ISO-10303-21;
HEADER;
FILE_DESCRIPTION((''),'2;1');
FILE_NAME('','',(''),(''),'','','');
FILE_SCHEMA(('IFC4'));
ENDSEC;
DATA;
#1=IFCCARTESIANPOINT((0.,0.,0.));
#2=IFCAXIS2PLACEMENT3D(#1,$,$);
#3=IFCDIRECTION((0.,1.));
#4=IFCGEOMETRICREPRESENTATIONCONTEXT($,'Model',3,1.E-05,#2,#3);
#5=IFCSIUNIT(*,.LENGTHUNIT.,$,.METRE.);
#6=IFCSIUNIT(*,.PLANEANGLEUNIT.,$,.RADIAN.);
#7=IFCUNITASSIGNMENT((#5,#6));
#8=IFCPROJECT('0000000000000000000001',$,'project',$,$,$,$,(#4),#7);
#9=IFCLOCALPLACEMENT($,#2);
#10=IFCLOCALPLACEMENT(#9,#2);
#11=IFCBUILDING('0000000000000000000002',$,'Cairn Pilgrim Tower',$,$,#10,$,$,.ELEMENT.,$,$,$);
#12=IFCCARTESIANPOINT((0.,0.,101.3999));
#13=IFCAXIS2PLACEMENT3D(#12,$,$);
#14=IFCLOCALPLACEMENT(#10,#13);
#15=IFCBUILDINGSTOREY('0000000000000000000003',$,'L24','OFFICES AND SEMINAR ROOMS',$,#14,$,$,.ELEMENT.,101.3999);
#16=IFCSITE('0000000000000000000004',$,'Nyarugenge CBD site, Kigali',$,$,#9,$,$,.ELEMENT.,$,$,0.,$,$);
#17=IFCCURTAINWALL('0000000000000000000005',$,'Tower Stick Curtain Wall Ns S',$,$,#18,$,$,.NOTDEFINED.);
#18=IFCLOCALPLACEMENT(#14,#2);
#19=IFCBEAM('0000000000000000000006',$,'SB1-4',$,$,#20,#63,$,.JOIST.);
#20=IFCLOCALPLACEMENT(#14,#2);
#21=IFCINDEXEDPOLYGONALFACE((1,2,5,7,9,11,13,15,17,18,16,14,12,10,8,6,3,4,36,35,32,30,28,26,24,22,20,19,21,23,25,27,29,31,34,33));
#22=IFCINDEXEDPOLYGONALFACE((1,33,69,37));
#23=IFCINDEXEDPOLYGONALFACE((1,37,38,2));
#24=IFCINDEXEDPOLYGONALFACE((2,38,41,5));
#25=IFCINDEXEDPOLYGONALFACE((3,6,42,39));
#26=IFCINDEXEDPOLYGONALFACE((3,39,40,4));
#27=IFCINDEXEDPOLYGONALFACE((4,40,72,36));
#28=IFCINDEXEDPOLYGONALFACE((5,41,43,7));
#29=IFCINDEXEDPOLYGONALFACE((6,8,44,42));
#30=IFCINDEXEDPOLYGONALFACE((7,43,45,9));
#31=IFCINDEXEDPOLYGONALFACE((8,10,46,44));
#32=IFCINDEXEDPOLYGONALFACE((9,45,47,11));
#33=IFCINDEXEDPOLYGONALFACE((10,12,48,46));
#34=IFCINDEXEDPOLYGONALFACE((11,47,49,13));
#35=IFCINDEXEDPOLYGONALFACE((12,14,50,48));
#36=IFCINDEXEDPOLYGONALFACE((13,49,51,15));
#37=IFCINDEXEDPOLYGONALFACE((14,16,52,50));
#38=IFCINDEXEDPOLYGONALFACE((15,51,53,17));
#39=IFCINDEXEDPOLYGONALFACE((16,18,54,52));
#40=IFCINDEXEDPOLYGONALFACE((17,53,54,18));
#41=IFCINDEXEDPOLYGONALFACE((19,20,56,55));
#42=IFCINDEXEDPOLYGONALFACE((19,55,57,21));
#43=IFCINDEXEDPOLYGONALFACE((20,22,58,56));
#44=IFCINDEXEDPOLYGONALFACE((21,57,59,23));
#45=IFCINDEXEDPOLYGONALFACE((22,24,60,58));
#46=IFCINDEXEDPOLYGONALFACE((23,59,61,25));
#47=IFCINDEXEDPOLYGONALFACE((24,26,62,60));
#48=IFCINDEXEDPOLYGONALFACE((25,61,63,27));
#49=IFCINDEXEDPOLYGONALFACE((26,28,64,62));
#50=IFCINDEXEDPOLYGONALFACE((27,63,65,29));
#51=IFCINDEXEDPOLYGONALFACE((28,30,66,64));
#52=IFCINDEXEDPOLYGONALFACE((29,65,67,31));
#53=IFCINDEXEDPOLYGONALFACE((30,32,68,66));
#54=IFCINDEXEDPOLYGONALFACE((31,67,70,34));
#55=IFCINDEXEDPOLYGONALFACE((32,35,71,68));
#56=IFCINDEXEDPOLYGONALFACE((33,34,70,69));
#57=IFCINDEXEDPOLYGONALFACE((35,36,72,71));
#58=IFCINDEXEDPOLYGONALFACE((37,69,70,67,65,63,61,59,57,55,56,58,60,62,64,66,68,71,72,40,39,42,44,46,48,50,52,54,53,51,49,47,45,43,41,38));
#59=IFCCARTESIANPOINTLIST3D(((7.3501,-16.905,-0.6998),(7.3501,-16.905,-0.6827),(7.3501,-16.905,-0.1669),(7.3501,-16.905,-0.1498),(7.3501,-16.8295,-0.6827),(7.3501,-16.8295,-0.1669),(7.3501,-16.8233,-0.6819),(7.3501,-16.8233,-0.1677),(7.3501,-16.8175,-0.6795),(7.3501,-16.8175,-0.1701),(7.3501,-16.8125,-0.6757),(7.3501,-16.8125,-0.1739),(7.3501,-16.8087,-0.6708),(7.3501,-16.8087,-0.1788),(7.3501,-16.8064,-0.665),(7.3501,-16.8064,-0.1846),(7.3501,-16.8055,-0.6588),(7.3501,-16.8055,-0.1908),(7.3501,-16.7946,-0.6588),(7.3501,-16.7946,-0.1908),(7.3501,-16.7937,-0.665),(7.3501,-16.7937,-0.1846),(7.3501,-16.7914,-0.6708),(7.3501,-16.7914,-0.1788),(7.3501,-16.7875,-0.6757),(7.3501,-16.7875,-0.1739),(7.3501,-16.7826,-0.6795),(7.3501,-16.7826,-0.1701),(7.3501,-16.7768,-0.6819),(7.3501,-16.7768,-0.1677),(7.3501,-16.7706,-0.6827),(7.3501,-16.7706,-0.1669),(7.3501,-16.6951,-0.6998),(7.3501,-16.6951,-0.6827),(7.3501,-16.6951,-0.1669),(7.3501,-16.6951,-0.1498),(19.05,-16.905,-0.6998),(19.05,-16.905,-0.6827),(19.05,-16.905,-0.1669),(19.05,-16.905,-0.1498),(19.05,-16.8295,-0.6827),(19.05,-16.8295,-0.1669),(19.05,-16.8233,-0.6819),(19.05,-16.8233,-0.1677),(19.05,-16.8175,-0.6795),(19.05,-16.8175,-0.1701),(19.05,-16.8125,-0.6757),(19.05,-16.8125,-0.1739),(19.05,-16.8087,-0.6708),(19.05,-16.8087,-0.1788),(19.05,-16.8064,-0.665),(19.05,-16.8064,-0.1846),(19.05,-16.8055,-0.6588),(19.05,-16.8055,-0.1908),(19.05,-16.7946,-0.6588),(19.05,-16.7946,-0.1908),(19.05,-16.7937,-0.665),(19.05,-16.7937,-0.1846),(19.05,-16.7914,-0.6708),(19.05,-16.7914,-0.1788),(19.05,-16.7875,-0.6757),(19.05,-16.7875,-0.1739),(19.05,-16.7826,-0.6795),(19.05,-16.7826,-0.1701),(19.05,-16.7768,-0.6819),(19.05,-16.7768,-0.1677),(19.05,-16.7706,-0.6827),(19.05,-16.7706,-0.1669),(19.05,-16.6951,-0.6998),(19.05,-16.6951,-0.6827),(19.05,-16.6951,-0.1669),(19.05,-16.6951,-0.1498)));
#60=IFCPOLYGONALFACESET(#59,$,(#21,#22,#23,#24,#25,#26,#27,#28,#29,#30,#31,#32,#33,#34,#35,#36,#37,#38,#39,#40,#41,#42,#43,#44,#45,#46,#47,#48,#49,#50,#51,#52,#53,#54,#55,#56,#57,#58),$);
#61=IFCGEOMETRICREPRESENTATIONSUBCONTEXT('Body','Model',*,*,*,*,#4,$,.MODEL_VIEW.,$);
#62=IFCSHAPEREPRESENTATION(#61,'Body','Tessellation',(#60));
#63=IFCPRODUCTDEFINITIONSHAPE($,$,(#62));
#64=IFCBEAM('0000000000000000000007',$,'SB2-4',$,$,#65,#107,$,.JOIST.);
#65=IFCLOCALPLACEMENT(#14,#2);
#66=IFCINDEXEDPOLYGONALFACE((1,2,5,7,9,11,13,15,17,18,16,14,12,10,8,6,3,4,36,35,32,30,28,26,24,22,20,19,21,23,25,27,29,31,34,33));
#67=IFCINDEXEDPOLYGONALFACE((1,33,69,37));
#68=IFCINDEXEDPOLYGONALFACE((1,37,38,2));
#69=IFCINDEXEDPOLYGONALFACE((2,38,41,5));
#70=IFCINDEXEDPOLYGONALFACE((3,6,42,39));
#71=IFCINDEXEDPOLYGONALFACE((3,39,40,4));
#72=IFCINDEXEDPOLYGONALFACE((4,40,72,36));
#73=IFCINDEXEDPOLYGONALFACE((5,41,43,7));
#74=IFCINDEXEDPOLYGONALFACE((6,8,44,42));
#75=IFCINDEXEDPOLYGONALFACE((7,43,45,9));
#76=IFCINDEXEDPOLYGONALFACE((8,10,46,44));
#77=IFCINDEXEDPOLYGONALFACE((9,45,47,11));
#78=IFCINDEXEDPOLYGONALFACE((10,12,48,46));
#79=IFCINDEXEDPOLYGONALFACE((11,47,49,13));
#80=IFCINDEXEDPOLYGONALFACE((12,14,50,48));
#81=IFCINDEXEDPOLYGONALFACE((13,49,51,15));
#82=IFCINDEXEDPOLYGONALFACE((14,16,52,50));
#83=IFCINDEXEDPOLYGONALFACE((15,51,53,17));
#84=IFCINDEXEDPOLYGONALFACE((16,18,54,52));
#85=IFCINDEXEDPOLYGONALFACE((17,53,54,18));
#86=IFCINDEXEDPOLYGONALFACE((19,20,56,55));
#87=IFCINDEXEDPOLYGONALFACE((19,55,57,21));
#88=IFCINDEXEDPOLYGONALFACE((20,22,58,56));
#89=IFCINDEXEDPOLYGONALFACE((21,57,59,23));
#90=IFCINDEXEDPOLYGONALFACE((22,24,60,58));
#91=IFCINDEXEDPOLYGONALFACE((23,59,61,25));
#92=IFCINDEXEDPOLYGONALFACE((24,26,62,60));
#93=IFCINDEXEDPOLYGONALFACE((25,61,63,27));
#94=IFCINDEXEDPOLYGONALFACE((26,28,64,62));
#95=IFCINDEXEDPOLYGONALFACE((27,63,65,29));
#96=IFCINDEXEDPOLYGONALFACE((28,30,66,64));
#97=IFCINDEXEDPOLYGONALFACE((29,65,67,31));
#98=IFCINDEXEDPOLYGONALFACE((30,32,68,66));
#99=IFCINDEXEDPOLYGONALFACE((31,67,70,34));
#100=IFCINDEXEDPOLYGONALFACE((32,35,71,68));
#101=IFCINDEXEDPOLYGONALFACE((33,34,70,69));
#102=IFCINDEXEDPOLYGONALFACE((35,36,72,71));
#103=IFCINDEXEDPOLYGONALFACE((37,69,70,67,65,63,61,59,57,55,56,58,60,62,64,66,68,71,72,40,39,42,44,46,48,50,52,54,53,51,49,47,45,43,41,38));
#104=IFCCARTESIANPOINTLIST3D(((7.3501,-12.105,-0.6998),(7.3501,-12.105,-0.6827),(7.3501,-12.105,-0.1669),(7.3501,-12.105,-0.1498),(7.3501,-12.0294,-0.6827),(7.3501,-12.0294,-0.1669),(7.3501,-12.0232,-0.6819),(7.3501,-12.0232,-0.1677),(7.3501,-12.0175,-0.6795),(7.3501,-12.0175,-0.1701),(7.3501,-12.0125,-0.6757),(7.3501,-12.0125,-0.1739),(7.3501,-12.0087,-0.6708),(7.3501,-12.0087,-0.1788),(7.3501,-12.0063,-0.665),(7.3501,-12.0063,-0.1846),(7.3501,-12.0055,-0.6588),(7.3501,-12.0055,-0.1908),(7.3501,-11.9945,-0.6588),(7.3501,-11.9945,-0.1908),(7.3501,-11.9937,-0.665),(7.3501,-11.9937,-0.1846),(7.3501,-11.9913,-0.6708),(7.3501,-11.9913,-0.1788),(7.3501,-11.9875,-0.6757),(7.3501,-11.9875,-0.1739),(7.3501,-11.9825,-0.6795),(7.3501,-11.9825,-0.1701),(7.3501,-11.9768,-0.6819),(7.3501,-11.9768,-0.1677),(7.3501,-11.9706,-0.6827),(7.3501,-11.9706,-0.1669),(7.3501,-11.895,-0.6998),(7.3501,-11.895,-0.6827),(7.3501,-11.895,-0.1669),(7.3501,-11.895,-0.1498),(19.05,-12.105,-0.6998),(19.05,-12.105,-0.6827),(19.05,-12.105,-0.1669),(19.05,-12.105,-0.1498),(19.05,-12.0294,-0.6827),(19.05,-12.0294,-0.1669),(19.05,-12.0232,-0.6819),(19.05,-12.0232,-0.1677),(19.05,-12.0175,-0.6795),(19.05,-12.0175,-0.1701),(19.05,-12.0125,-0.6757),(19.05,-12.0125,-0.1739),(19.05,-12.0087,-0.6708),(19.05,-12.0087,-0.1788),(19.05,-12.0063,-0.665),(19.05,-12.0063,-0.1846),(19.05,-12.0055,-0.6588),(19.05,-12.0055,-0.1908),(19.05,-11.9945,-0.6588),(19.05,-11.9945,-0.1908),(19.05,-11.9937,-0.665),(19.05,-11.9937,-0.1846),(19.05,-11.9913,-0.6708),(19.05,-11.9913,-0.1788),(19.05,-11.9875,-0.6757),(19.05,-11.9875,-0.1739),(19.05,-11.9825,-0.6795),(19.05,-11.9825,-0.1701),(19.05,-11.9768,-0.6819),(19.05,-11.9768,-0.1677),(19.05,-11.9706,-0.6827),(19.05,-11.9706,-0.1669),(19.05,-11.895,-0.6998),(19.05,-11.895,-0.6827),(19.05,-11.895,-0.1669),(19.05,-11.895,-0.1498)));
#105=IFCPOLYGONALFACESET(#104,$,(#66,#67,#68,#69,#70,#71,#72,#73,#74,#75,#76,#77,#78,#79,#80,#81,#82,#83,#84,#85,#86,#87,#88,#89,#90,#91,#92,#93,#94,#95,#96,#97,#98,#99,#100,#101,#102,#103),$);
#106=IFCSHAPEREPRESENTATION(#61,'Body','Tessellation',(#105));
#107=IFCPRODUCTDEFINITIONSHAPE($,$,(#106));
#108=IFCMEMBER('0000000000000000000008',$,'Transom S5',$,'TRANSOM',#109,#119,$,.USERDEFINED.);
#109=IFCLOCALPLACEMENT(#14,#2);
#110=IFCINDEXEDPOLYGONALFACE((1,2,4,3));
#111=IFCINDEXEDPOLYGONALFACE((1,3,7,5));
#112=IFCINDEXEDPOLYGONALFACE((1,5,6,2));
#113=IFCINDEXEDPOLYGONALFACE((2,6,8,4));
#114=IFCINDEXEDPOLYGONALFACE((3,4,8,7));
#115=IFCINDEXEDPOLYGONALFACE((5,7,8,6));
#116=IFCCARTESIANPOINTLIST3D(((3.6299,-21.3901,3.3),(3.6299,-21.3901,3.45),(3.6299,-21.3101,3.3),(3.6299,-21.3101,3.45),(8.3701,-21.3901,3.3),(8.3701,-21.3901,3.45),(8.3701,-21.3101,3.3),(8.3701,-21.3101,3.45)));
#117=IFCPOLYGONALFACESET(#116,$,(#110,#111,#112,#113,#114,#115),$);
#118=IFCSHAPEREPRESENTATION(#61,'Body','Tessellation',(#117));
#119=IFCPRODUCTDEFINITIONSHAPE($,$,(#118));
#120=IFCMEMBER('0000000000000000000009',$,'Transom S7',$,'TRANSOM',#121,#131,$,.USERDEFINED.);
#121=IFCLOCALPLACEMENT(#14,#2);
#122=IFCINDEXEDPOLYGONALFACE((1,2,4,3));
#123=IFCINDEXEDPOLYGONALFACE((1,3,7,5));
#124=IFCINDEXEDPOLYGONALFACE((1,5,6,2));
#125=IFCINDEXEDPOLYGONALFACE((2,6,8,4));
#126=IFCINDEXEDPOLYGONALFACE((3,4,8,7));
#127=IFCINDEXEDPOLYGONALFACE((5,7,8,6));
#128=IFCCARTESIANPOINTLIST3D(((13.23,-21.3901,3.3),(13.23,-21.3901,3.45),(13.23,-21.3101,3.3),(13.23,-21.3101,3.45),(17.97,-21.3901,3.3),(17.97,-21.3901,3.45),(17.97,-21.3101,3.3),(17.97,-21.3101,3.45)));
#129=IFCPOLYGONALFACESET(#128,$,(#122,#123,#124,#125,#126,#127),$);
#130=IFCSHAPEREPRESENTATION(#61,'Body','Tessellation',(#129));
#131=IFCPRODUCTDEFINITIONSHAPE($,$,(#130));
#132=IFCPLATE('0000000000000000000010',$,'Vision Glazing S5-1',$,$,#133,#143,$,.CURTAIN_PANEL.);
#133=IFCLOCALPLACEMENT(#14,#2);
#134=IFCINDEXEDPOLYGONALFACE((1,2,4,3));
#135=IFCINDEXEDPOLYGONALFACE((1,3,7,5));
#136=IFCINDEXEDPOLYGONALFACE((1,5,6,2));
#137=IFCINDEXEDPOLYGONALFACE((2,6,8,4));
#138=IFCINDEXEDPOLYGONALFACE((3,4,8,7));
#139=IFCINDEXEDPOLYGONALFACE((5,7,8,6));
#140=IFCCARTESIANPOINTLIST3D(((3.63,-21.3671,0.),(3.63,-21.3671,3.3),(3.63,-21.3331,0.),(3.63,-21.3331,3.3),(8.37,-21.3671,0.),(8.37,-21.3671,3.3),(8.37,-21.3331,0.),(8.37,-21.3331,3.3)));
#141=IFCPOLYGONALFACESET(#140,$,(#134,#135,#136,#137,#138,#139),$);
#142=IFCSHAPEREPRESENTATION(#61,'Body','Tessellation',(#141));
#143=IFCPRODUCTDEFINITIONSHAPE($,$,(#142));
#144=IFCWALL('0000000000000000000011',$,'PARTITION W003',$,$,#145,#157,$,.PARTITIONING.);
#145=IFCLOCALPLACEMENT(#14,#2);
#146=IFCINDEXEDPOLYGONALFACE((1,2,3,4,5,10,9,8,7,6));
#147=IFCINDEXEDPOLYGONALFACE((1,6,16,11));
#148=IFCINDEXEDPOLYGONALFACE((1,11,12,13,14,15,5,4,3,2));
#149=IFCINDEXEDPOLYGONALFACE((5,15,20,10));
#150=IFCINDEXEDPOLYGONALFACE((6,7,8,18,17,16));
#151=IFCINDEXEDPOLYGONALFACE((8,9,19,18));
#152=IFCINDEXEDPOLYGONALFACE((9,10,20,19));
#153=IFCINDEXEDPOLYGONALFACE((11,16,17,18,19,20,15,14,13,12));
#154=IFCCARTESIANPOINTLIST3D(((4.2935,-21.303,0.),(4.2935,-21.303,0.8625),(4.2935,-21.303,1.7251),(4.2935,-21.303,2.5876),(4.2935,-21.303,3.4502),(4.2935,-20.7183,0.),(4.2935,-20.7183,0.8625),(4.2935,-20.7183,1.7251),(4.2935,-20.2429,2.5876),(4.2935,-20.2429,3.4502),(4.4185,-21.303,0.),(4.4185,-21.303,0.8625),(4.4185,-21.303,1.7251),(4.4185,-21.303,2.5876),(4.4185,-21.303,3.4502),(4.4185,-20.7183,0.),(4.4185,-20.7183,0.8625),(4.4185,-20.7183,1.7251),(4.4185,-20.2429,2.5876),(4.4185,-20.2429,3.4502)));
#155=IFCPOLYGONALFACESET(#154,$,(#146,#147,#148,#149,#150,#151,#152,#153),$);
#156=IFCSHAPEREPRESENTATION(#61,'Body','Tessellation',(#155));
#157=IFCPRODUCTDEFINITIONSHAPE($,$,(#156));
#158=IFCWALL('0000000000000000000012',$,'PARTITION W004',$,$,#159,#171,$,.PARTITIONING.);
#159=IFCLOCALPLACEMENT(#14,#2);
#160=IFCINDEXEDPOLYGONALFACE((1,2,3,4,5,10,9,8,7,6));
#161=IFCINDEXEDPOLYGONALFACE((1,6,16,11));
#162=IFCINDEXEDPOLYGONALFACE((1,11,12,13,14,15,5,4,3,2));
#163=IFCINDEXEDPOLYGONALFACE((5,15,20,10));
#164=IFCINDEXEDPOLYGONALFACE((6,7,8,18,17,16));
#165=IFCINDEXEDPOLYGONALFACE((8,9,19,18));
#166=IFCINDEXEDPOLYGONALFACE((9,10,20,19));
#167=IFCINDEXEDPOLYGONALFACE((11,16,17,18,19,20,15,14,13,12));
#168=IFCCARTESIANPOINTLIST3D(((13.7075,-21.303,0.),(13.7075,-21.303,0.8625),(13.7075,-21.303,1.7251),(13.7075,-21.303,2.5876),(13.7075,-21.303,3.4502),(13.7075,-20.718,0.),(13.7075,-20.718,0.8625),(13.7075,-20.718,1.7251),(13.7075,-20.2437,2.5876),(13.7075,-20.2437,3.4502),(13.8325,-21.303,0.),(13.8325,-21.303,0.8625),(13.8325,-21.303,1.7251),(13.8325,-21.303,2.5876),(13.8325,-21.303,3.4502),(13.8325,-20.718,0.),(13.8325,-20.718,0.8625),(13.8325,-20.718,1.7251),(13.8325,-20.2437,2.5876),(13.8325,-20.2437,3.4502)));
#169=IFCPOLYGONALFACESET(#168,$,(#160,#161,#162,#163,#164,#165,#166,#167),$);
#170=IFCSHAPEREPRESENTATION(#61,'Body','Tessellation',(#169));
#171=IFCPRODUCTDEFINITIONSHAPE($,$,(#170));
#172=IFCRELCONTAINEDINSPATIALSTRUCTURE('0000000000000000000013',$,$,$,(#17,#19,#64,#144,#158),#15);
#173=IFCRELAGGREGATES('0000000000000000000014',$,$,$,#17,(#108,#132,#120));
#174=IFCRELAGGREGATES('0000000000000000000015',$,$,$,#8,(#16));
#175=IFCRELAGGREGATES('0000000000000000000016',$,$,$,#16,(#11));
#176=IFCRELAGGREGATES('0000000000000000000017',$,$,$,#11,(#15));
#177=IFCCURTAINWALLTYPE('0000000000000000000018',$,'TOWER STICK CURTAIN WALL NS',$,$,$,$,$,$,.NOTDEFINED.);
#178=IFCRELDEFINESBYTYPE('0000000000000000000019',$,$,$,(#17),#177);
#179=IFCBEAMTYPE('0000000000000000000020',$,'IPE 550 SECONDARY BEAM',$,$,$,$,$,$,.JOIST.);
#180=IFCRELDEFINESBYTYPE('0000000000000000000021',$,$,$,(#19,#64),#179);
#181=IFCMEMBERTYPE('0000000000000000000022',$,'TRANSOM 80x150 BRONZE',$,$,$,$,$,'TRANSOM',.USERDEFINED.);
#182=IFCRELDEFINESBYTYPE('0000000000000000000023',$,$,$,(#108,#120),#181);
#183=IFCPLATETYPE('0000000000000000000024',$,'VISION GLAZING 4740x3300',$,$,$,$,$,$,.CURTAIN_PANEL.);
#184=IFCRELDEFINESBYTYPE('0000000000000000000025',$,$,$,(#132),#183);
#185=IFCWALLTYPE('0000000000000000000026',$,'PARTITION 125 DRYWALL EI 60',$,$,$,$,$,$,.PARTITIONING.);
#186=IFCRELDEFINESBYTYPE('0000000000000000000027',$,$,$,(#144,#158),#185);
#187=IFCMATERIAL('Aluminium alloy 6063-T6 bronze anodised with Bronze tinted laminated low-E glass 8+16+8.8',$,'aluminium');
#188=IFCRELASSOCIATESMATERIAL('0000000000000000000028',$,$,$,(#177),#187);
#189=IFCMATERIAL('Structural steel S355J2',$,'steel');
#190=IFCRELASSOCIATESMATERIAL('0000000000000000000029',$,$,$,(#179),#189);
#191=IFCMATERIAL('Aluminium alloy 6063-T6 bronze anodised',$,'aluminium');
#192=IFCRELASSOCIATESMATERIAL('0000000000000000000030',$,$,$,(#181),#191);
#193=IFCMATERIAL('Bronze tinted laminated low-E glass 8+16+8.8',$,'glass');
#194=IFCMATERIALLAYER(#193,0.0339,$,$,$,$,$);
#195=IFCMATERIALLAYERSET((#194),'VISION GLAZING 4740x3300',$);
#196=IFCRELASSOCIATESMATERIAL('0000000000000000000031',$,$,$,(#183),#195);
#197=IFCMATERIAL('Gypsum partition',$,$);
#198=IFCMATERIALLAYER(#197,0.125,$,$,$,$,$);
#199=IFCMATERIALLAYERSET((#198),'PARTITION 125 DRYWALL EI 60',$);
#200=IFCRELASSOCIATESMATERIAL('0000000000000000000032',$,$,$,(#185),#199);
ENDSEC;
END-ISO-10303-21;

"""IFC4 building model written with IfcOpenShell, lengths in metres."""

from ifc_helpers import new_model, si_unit, direction, frame, origin, origin_2d, place, context, subcontext, project, spatial, polyline, rectangle, i_section, outline, extrude, material, layer, layer_set, material_profile, profile_set, type_object, element, aggregate, save


model = new_model("IFC4")

# Units and contexts
model_context = context("Model", 3, precision=1e-05, world=origin(), true_north=direction((0.0, 1.0)))
body_context = subcontext(model_context, "Body", "Model", "MODEL_VIEW")
ifc_project = project(units=[si_unit("LENGTHUNIT", "METRE"), si_unit("PLANEANGLEUNIT", "RADIAN")], contexts=[model_context])

# Site, building, storey
site_placement = place(None, origin())
site = spatial("IfcSite", under=ifc_project, at=site_placement, Name="Nyarugenge CBD site, Kigali", CompositionType="ELEMENT", RefElevation=0.0)
building_placement = place(site_placement, origin())
building = spatial("IfcBuilding", under=site, at=building_placement, Name="Cairn Pilgrim Tower", CompositionType="ELEMENT")
storey_placement = place(building_placement, frame((0.0, 0.0, 101.3999)))
storey = spatial("IfcBuildingStorey", under=building, at=storey_placement, Name="L24", Description="OFFICES AND SEMINAR ROOMS", CompositionType="ELEMENT", Elevation=101.3999)

# Curtain wall
ifc_material_1 = material(Name="Aluminium alloy 6063-T6 bronze anodised with Bronze tinted laminated low-E glass 8+16+8.8", Category="aluminium")
curtain_wall_type = type_object("IfcCurtainWallType", Name="TOWER STICK CURTAIN WALL NS", PredefinedType="NOTDEFINED", material=ifc_material_1)
curtain_wall_placement = place(storey_placement, origin())
curtain_wall = element("IfcCurtainWall", 1, at=curtain_wall_placement, inside=storey, type_object=curtain_wall_type, Name="Tower Stick Curtain Wall Ns S", PredefinedType="NOTDEFINED")
ifc_material_2 = material(Name="Aluminium alloy 6063-T6 bronze anodised", Category="aluminium")

# Beams
ifc_material_3 = material(Name="Structural steel S355J2", Category="steel")
ifc_material_profile_1 = material_profile(ifc_material_3, i_section(OverallWidth=0.21, OverallDepth=0.55, WebThickness=0.011, FlangeThickness=0.0171, FilletRadius=0.0239, at=origin_2d()), Name="IPE 550")
ifc_profile_set_1 = profile_set([ifc_material_profile_1], Name="Structural steel S355J2")
beam_type_1 = type_object("IfcBeamType", Name="IPE 550 SECONDARY BEAM", PredefinedType="JOIST", material=ifc_profile_set_1)
for number, where, z_axis, x_axis, name in (
    (2, (7.3501, -16.8, -0.4248), (1.0, 0.0, 0.0), (0.0, 1.0, 0.0), "SB1-4"),
    (3, (7.3501, -12.0, -0.4248), (1.0, 0.0, 0.0), (0.0, 1.0, 0.0), "SB2-4"),
):
    element("IfcBeam", number, at=place(storey_placement, frame(where, z_axis=z_axis, x_axis=x_axis)), inside=storey, type_object=beam_type_1, Name=name, PredefinedType="JOIST", context=body_context, shape_type="SweptSolid", body=[
        extrude(i_section(OverallWidth=0.21, OverallDepth=0.55, WebThickness=0.011, FlangeThickness=0.0171, FilletRadius=0.0239, at=origin_2d()), origin(), (0.0, 0.0, 1.0), 11.7),
    ])

# Members
ifc_material_profile_2 = material_profile(ifc_material_2, rectangle(XDim=0.0801, YDim=0.1499, at=origin_2d()), Name="TRANSOM 80x150 BRONZE")
ifc_profile_set_2 = profile_set([ifc_material_profile_2], Name="Aluminium alloy 6063-T6 bronze anodised")
member_type_1 = type_object("IfcMemberType", Name="TRANSOM 80x150 BRONZE", ElementType="TRANSOM", PredefinedType="USERDEFINED", material=ifc_profile_set_2)
member_1_placement = place(storey_placement, frame((3.6299, -21.3501, 3.375), z_axis=(1.0, 0.0, 0.0), x_axis=(0.0, 1.0, 0.0)))
member_1 = element("IfcMember", 4, at=member_1_placement, type_object=member_type_1, Name="Transom S5", ObjectType="TRANSOM", PredefinedType="USERDEFINED", context=body_context, shape_type="SweptSolid", body=[
    extrude(rectangle(XDim=0.0801, YDim=0.1499, at=origin_2d()), origin(), (0.0, 0.0, 1.0), 4.7402),
])
member_2_placement = place(storey_placement, frame((13.23, -21.3501, 3.375), z_axis=(1.0, 0.0, 0.0), x_axis=(0.0, 1.0, 0.0)))
member_2 = element("IfcMember", 5, at=member_2_placement, type_object=member_type_1, Name="Transom S7", ObjectType="TRANSOM", PredefinedType="USERDEFINED", context=body_context, shape_type="SweptSolid", body=[
    extrude(rectangle(XDim=0.0801, YDim=0.1499, at=origin_2d()), origin(), (0.0, 0.0, 1.0), 4.74),
])

# Plate
ifc_material_4 = material(Name="Bronze tinted laminated low-E glass 8+16+8.8", Category="glass")
ifc_layer_1 = layer(ifc_material_4, 0.0339)
ifc_layer_set_1 = layer_set([ifc_layer_1], Name="VISION GLAZING 4740x3300")
plate_type = type_object("IfcPlateType", Name="VISION GLAZING 4740x3300", PredefinedType="CURTAIN_PANEL", material=ifc_layer_set_1)
plate_placement = place(storey_placement, frame((6.0, -21.3501, 0.0), z_axis=(0.0, 0.0, 1.0), x_axis=(1.0, 0.0, 0.0)))
plate = element("IfcPlate", 6, at=plate_placement, type_object=plate_type, Name="Vision Glazing S5-1", PredefinedType="CURTAIN_PANEL", context=body_context, shape_type="SweptSolid", body=[
    extrude(rectangle(XDim=4.74, YDim=0.0339, at=origin_2d()), origin(), (0.0, 0.0, 1.0), 3.3),
])
aggregate(curtain_wall, [member_1, plate, member_2])

# Walls
ifc_material_5 = material(Name="Gypsum partition")
ifc_layer_2 = layer(ifc_material_5, 0.125)
ifc_layer_set_2 = layer_set([ifc_layer_2], Name="PARTITION 125 DRYWALL EI 60")
wall_type_1 = type_object("IfcWallType", Name="PARTITION 125 DRYWALL EI 60", PredefinedType="PARTITIONING", material=ifc_layer_set_2)
wall_1_placement = place(storey_placement, frame((4.356, -21.303, 0.0), z_axis=(0.0, 0.0, 1.0), x_axis=(0.0, 1.0, 0.0)))
element("IfcWall", 7, at=wall_1_placement, inside=storey, type_object=wall_type_1, Name="PARTITION W003", PredefinedType="PARTITIONING", context=body_context, shape_type="SweptSolid", body=[
    extrude(outline(polyline([(0.0, 0.0), (0.5847, 0.0), (0.5847, 0.8625), (0.5847, 1.7251), (1.0601, 2.5876), (1.0601, 3.4502), (0.0, 3.4502), (0.0, 2.5876), (0.0, 1.7251), (0.0, 0.8625), (0.0, 0.0)])), frame((0.0, 0.0625, 0.0), z_axis=(0.0, -1.0, 0.0), x_axis=(1.0, 0.0, 0.0)), (0.0, 0.0, 1.0), 0.125),
])
wall_2_placement = place(storey_placement, frame((13.77, -21.303, 0.0), z_axis=(0.0, 0.0, 1.0), x_axis=(0.0, 1.0, 0.0)))
element("IfcWall", 8, at=wall_2_placement, inside=storey, type_object=wall_type_1, Name="PARTITION W004", PredefinedType="PARTITIONING", context=body_context, shape_type="SweptSolid", body=[
    extrude(outline(polyline([(0.0, 0.0), (0.585, 0.0), (0.585, 0.8625), (0.585, 1.7251), (1.0593, 2.5876), (1.0593, 3.4502), (0.0, 3.4502), (0.0, 2.5876), (0.0, 1.7251), (0.0, 0.8625), (0.0, 0.0)])), frame((0.0, 0.0625, 0.0), z_axis=(0.0, -1.0, 0.0), x_axis=(1.0, 0.0, 0.0)), (0.0, 0.0, 1.0), 0.125),
])

save(model, "model.ifc")
